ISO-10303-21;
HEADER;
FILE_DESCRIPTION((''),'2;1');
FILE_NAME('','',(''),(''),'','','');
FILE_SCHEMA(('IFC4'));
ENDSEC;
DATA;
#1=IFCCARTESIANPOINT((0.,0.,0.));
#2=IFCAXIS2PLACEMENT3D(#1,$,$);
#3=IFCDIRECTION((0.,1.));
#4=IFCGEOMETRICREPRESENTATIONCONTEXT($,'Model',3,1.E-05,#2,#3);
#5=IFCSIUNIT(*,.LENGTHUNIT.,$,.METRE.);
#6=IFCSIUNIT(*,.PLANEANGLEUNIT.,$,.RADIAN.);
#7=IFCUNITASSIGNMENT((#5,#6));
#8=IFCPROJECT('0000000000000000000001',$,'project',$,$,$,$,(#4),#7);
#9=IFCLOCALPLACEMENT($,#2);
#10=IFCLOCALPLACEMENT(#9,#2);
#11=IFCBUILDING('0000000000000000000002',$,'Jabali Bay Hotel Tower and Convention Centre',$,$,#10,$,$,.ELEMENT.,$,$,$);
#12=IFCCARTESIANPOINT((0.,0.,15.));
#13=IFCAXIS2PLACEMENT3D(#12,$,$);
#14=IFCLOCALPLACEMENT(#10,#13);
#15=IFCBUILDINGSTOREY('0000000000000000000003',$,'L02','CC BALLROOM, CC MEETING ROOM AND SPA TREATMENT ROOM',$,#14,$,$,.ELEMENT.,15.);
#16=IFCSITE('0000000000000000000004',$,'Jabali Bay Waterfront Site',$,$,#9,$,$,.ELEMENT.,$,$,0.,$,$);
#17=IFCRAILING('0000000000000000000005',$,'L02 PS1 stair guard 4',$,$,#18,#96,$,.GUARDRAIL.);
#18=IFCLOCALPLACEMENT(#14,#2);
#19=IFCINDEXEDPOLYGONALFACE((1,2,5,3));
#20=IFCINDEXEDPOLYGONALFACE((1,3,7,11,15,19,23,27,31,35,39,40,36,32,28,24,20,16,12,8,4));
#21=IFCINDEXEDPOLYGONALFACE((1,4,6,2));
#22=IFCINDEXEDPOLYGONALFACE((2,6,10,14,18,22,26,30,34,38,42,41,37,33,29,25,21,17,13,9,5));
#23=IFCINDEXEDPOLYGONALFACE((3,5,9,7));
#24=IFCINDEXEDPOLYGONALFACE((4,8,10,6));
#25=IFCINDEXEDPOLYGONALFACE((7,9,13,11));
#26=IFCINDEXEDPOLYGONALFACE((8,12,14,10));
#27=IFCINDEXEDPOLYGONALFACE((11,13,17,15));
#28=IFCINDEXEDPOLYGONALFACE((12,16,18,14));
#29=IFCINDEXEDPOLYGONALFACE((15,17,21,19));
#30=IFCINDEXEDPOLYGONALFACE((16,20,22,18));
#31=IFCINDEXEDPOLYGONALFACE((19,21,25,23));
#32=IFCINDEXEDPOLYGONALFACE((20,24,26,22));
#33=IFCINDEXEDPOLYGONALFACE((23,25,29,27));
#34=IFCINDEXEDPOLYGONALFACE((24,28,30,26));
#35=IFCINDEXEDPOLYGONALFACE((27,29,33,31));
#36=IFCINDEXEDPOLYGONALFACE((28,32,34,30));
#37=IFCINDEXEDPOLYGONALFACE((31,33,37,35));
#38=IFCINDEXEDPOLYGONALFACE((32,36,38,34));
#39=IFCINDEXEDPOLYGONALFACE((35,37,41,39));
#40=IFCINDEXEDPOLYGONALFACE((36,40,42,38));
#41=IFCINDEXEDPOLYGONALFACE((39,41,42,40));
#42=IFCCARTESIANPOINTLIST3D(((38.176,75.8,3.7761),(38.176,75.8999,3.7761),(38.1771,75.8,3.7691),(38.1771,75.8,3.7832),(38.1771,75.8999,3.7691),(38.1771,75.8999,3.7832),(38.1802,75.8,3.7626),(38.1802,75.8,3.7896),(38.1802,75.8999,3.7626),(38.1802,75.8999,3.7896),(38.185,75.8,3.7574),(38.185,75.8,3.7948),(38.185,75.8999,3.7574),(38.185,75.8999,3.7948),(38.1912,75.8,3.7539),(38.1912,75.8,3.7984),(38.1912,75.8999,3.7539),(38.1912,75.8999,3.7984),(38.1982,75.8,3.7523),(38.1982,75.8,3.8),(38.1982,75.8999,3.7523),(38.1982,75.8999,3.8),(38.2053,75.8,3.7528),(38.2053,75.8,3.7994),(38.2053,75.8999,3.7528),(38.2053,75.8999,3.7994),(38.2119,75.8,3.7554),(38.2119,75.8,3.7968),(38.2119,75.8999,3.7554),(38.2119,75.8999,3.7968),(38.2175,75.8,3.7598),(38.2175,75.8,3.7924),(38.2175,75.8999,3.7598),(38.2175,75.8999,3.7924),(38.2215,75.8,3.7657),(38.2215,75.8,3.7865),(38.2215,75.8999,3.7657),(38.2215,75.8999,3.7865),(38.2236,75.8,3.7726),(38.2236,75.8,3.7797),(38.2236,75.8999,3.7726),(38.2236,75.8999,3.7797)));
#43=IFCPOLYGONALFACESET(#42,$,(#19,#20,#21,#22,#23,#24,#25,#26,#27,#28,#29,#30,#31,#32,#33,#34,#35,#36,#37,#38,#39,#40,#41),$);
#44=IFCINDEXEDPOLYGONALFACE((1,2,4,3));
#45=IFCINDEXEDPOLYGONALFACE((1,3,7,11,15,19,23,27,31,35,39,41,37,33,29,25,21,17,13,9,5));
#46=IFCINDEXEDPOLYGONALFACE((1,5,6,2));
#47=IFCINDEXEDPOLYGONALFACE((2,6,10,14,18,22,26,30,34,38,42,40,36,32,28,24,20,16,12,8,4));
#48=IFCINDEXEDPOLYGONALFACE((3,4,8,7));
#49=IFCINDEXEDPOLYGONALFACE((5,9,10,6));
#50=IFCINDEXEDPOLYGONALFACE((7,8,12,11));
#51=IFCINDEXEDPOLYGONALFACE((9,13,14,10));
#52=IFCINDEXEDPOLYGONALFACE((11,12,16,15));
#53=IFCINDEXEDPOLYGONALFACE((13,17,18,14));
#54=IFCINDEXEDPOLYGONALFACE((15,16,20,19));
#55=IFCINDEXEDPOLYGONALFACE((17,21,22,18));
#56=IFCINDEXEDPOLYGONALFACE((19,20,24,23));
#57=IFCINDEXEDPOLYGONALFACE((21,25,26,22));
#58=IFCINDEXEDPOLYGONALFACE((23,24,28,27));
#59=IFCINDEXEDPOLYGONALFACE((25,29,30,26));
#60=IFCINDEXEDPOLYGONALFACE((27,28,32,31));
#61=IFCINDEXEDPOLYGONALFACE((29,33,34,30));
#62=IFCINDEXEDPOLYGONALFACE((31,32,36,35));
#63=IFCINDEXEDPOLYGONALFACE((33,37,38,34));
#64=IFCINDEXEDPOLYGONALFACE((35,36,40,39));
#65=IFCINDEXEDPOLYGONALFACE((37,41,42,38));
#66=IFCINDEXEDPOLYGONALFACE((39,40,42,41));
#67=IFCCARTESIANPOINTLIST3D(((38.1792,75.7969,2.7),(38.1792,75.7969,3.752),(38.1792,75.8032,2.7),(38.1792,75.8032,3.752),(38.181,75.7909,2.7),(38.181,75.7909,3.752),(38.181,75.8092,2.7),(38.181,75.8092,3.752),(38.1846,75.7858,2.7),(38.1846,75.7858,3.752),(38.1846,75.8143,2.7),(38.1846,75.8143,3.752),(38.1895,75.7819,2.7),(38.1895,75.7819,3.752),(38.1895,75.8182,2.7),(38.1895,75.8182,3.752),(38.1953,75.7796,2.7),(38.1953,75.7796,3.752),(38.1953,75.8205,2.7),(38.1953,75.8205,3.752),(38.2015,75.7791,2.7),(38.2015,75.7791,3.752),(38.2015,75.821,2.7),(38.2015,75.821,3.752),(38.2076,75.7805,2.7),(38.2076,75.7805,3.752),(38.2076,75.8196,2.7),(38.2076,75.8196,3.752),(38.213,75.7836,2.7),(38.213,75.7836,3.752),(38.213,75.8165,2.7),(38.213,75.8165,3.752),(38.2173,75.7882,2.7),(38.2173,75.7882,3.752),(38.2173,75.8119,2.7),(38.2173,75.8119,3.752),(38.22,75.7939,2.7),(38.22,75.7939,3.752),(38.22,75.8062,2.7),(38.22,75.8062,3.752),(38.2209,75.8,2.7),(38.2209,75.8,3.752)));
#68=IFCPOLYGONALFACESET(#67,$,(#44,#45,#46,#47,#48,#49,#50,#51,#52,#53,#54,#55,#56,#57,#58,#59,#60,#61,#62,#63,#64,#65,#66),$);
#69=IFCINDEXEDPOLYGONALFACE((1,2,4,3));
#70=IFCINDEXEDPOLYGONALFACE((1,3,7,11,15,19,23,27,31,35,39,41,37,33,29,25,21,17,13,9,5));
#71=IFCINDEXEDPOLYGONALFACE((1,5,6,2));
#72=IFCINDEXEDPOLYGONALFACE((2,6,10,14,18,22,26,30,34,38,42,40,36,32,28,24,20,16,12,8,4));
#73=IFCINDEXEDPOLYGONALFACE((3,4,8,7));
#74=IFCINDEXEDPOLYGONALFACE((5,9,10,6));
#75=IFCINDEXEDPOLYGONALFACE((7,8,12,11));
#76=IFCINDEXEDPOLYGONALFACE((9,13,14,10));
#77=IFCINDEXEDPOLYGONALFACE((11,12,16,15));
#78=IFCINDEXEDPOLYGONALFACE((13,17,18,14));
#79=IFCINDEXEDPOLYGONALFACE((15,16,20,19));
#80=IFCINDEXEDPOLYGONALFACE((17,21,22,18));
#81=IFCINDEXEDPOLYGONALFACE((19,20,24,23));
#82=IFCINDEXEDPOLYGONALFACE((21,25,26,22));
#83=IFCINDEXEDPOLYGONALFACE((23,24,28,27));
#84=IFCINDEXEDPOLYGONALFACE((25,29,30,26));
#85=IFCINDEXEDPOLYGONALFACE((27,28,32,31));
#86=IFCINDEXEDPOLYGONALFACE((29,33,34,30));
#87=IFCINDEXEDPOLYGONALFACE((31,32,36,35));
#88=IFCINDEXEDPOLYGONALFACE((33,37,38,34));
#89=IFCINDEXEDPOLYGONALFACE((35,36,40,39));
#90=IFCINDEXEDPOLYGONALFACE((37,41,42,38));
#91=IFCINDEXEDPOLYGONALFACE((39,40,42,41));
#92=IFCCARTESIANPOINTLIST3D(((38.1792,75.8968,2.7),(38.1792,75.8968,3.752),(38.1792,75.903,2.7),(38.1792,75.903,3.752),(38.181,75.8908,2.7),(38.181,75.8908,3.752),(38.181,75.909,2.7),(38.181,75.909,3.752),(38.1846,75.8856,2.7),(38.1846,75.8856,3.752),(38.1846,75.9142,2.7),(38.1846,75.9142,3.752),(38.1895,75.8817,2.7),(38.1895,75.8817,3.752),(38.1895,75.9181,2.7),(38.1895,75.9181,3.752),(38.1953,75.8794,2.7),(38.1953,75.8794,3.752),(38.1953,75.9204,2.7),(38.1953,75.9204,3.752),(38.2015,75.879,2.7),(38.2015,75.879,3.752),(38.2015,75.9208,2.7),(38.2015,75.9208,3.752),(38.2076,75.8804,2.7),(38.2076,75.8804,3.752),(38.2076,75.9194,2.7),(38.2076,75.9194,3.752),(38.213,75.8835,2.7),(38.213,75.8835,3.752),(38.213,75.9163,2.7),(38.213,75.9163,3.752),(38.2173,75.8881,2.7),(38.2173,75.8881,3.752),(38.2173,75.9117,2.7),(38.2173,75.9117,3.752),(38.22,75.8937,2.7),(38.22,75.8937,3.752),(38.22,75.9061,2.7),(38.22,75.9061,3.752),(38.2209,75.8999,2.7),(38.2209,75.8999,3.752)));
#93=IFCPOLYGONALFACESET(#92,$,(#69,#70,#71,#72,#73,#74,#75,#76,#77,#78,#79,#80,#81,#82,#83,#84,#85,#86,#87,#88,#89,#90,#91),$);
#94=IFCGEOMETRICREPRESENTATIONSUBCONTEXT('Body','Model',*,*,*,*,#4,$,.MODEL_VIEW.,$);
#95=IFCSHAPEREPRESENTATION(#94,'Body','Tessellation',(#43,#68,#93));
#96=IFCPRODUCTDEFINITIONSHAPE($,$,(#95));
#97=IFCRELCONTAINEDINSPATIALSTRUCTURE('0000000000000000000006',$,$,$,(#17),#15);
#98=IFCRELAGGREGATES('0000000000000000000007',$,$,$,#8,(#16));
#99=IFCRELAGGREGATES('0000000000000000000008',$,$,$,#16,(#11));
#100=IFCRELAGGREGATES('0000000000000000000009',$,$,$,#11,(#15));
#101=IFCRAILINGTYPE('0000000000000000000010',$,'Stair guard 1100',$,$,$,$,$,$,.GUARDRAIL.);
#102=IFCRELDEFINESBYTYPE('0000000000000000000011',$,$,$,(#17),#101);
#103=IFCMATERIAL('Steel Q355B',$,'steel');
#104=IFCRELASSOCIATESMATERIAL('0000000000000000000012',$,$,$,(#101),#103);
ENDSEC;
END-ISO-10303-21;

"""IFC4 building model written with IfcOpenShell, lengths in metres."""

from ifc_helpers import new_model, si_unit, direction, frame, origin, origin_2d, place, context, subcontext, project, spatial, circle, extrude, material, type_object, element, save


model = new_model("IFC4")

# Units and contexts
model_context = context("Model", 3, precision=1e-05, world=origin(), true_north=direction((0.0, 1.0)))
body_context = subcontext(model_context, "Body", "Model", "MODEL_VIEW")
ifc_project = project(units=[si_unit("LENGTHUNIT", "METRE"), si_unit("PLANEANGLEUNIT", "RADIAN")], contexts=[model_context])

# Site, building, storey
site_placement = place(None, origin())
site = spatial("IfcSite", under=ifc_project, at=site_placement, Name="Jabali Bay Waterfront Site", CompositionType="ELEMENT", RefElevation=0.0)
building_placement = place(site_placement, origin())
building = spatial("IfcBuilding", under=site, at=building_placement, Name="Jabali Bay Hotel Tower and Convention Centre", CompositionType="ELEMENT")
storey_placement = place(building_placement, frame((0.0, 0.0, 15.0)))
storey = spatial("IfcBuildingStorey", under=building, at=storey_placement, Name="L02", Description="CC BALLROOM, CC MEETING ROOM AND SPA TREATMENT ROOM", CompositionType="ELEMENT", Elevation=15.0)

# Railing
ifc_material_1 = material(Name="Steel Q355B", Category="steel")
railing_type_1 = type_object("IfcRailingType", Name="Stair guard 1100", PredefinedType="GUARDRAIL", material=ifc_material_1)
railing_1_placement = place(storey_placement, frame((38.2, 75.8, 2.7)))
element("IfcRailing", 1, at=railing_1_placement, inside=storey, type_object=railing_type_1, Name="L02 PS1 stair guard 4", PredefinedType="GUARDRAIL", context=body_context, shape_type="SweptSolid", body=[
    extrude(circle(Radius=0.0239, at=origin_2d()), frame((0.0, 0.0, 1.0762), z_axis=(0.0, 1.0, 0.0), x_axis=(-1.0, 0.0, 0.0)), (0.0, 0.0, 1.0), 0.0999),
    extrude(circle(Radius=0.021, at=origin_2d()), origin(), (0.0, 0.0, 1.0), 1.052),
    extrude(circle(Radius=0.021, at=origin_2d()), frame((0.0, 0.0999, 0.0)), (0.0, 0.0, 1.0), 1.052),
])

save(model, "model.ifc")
